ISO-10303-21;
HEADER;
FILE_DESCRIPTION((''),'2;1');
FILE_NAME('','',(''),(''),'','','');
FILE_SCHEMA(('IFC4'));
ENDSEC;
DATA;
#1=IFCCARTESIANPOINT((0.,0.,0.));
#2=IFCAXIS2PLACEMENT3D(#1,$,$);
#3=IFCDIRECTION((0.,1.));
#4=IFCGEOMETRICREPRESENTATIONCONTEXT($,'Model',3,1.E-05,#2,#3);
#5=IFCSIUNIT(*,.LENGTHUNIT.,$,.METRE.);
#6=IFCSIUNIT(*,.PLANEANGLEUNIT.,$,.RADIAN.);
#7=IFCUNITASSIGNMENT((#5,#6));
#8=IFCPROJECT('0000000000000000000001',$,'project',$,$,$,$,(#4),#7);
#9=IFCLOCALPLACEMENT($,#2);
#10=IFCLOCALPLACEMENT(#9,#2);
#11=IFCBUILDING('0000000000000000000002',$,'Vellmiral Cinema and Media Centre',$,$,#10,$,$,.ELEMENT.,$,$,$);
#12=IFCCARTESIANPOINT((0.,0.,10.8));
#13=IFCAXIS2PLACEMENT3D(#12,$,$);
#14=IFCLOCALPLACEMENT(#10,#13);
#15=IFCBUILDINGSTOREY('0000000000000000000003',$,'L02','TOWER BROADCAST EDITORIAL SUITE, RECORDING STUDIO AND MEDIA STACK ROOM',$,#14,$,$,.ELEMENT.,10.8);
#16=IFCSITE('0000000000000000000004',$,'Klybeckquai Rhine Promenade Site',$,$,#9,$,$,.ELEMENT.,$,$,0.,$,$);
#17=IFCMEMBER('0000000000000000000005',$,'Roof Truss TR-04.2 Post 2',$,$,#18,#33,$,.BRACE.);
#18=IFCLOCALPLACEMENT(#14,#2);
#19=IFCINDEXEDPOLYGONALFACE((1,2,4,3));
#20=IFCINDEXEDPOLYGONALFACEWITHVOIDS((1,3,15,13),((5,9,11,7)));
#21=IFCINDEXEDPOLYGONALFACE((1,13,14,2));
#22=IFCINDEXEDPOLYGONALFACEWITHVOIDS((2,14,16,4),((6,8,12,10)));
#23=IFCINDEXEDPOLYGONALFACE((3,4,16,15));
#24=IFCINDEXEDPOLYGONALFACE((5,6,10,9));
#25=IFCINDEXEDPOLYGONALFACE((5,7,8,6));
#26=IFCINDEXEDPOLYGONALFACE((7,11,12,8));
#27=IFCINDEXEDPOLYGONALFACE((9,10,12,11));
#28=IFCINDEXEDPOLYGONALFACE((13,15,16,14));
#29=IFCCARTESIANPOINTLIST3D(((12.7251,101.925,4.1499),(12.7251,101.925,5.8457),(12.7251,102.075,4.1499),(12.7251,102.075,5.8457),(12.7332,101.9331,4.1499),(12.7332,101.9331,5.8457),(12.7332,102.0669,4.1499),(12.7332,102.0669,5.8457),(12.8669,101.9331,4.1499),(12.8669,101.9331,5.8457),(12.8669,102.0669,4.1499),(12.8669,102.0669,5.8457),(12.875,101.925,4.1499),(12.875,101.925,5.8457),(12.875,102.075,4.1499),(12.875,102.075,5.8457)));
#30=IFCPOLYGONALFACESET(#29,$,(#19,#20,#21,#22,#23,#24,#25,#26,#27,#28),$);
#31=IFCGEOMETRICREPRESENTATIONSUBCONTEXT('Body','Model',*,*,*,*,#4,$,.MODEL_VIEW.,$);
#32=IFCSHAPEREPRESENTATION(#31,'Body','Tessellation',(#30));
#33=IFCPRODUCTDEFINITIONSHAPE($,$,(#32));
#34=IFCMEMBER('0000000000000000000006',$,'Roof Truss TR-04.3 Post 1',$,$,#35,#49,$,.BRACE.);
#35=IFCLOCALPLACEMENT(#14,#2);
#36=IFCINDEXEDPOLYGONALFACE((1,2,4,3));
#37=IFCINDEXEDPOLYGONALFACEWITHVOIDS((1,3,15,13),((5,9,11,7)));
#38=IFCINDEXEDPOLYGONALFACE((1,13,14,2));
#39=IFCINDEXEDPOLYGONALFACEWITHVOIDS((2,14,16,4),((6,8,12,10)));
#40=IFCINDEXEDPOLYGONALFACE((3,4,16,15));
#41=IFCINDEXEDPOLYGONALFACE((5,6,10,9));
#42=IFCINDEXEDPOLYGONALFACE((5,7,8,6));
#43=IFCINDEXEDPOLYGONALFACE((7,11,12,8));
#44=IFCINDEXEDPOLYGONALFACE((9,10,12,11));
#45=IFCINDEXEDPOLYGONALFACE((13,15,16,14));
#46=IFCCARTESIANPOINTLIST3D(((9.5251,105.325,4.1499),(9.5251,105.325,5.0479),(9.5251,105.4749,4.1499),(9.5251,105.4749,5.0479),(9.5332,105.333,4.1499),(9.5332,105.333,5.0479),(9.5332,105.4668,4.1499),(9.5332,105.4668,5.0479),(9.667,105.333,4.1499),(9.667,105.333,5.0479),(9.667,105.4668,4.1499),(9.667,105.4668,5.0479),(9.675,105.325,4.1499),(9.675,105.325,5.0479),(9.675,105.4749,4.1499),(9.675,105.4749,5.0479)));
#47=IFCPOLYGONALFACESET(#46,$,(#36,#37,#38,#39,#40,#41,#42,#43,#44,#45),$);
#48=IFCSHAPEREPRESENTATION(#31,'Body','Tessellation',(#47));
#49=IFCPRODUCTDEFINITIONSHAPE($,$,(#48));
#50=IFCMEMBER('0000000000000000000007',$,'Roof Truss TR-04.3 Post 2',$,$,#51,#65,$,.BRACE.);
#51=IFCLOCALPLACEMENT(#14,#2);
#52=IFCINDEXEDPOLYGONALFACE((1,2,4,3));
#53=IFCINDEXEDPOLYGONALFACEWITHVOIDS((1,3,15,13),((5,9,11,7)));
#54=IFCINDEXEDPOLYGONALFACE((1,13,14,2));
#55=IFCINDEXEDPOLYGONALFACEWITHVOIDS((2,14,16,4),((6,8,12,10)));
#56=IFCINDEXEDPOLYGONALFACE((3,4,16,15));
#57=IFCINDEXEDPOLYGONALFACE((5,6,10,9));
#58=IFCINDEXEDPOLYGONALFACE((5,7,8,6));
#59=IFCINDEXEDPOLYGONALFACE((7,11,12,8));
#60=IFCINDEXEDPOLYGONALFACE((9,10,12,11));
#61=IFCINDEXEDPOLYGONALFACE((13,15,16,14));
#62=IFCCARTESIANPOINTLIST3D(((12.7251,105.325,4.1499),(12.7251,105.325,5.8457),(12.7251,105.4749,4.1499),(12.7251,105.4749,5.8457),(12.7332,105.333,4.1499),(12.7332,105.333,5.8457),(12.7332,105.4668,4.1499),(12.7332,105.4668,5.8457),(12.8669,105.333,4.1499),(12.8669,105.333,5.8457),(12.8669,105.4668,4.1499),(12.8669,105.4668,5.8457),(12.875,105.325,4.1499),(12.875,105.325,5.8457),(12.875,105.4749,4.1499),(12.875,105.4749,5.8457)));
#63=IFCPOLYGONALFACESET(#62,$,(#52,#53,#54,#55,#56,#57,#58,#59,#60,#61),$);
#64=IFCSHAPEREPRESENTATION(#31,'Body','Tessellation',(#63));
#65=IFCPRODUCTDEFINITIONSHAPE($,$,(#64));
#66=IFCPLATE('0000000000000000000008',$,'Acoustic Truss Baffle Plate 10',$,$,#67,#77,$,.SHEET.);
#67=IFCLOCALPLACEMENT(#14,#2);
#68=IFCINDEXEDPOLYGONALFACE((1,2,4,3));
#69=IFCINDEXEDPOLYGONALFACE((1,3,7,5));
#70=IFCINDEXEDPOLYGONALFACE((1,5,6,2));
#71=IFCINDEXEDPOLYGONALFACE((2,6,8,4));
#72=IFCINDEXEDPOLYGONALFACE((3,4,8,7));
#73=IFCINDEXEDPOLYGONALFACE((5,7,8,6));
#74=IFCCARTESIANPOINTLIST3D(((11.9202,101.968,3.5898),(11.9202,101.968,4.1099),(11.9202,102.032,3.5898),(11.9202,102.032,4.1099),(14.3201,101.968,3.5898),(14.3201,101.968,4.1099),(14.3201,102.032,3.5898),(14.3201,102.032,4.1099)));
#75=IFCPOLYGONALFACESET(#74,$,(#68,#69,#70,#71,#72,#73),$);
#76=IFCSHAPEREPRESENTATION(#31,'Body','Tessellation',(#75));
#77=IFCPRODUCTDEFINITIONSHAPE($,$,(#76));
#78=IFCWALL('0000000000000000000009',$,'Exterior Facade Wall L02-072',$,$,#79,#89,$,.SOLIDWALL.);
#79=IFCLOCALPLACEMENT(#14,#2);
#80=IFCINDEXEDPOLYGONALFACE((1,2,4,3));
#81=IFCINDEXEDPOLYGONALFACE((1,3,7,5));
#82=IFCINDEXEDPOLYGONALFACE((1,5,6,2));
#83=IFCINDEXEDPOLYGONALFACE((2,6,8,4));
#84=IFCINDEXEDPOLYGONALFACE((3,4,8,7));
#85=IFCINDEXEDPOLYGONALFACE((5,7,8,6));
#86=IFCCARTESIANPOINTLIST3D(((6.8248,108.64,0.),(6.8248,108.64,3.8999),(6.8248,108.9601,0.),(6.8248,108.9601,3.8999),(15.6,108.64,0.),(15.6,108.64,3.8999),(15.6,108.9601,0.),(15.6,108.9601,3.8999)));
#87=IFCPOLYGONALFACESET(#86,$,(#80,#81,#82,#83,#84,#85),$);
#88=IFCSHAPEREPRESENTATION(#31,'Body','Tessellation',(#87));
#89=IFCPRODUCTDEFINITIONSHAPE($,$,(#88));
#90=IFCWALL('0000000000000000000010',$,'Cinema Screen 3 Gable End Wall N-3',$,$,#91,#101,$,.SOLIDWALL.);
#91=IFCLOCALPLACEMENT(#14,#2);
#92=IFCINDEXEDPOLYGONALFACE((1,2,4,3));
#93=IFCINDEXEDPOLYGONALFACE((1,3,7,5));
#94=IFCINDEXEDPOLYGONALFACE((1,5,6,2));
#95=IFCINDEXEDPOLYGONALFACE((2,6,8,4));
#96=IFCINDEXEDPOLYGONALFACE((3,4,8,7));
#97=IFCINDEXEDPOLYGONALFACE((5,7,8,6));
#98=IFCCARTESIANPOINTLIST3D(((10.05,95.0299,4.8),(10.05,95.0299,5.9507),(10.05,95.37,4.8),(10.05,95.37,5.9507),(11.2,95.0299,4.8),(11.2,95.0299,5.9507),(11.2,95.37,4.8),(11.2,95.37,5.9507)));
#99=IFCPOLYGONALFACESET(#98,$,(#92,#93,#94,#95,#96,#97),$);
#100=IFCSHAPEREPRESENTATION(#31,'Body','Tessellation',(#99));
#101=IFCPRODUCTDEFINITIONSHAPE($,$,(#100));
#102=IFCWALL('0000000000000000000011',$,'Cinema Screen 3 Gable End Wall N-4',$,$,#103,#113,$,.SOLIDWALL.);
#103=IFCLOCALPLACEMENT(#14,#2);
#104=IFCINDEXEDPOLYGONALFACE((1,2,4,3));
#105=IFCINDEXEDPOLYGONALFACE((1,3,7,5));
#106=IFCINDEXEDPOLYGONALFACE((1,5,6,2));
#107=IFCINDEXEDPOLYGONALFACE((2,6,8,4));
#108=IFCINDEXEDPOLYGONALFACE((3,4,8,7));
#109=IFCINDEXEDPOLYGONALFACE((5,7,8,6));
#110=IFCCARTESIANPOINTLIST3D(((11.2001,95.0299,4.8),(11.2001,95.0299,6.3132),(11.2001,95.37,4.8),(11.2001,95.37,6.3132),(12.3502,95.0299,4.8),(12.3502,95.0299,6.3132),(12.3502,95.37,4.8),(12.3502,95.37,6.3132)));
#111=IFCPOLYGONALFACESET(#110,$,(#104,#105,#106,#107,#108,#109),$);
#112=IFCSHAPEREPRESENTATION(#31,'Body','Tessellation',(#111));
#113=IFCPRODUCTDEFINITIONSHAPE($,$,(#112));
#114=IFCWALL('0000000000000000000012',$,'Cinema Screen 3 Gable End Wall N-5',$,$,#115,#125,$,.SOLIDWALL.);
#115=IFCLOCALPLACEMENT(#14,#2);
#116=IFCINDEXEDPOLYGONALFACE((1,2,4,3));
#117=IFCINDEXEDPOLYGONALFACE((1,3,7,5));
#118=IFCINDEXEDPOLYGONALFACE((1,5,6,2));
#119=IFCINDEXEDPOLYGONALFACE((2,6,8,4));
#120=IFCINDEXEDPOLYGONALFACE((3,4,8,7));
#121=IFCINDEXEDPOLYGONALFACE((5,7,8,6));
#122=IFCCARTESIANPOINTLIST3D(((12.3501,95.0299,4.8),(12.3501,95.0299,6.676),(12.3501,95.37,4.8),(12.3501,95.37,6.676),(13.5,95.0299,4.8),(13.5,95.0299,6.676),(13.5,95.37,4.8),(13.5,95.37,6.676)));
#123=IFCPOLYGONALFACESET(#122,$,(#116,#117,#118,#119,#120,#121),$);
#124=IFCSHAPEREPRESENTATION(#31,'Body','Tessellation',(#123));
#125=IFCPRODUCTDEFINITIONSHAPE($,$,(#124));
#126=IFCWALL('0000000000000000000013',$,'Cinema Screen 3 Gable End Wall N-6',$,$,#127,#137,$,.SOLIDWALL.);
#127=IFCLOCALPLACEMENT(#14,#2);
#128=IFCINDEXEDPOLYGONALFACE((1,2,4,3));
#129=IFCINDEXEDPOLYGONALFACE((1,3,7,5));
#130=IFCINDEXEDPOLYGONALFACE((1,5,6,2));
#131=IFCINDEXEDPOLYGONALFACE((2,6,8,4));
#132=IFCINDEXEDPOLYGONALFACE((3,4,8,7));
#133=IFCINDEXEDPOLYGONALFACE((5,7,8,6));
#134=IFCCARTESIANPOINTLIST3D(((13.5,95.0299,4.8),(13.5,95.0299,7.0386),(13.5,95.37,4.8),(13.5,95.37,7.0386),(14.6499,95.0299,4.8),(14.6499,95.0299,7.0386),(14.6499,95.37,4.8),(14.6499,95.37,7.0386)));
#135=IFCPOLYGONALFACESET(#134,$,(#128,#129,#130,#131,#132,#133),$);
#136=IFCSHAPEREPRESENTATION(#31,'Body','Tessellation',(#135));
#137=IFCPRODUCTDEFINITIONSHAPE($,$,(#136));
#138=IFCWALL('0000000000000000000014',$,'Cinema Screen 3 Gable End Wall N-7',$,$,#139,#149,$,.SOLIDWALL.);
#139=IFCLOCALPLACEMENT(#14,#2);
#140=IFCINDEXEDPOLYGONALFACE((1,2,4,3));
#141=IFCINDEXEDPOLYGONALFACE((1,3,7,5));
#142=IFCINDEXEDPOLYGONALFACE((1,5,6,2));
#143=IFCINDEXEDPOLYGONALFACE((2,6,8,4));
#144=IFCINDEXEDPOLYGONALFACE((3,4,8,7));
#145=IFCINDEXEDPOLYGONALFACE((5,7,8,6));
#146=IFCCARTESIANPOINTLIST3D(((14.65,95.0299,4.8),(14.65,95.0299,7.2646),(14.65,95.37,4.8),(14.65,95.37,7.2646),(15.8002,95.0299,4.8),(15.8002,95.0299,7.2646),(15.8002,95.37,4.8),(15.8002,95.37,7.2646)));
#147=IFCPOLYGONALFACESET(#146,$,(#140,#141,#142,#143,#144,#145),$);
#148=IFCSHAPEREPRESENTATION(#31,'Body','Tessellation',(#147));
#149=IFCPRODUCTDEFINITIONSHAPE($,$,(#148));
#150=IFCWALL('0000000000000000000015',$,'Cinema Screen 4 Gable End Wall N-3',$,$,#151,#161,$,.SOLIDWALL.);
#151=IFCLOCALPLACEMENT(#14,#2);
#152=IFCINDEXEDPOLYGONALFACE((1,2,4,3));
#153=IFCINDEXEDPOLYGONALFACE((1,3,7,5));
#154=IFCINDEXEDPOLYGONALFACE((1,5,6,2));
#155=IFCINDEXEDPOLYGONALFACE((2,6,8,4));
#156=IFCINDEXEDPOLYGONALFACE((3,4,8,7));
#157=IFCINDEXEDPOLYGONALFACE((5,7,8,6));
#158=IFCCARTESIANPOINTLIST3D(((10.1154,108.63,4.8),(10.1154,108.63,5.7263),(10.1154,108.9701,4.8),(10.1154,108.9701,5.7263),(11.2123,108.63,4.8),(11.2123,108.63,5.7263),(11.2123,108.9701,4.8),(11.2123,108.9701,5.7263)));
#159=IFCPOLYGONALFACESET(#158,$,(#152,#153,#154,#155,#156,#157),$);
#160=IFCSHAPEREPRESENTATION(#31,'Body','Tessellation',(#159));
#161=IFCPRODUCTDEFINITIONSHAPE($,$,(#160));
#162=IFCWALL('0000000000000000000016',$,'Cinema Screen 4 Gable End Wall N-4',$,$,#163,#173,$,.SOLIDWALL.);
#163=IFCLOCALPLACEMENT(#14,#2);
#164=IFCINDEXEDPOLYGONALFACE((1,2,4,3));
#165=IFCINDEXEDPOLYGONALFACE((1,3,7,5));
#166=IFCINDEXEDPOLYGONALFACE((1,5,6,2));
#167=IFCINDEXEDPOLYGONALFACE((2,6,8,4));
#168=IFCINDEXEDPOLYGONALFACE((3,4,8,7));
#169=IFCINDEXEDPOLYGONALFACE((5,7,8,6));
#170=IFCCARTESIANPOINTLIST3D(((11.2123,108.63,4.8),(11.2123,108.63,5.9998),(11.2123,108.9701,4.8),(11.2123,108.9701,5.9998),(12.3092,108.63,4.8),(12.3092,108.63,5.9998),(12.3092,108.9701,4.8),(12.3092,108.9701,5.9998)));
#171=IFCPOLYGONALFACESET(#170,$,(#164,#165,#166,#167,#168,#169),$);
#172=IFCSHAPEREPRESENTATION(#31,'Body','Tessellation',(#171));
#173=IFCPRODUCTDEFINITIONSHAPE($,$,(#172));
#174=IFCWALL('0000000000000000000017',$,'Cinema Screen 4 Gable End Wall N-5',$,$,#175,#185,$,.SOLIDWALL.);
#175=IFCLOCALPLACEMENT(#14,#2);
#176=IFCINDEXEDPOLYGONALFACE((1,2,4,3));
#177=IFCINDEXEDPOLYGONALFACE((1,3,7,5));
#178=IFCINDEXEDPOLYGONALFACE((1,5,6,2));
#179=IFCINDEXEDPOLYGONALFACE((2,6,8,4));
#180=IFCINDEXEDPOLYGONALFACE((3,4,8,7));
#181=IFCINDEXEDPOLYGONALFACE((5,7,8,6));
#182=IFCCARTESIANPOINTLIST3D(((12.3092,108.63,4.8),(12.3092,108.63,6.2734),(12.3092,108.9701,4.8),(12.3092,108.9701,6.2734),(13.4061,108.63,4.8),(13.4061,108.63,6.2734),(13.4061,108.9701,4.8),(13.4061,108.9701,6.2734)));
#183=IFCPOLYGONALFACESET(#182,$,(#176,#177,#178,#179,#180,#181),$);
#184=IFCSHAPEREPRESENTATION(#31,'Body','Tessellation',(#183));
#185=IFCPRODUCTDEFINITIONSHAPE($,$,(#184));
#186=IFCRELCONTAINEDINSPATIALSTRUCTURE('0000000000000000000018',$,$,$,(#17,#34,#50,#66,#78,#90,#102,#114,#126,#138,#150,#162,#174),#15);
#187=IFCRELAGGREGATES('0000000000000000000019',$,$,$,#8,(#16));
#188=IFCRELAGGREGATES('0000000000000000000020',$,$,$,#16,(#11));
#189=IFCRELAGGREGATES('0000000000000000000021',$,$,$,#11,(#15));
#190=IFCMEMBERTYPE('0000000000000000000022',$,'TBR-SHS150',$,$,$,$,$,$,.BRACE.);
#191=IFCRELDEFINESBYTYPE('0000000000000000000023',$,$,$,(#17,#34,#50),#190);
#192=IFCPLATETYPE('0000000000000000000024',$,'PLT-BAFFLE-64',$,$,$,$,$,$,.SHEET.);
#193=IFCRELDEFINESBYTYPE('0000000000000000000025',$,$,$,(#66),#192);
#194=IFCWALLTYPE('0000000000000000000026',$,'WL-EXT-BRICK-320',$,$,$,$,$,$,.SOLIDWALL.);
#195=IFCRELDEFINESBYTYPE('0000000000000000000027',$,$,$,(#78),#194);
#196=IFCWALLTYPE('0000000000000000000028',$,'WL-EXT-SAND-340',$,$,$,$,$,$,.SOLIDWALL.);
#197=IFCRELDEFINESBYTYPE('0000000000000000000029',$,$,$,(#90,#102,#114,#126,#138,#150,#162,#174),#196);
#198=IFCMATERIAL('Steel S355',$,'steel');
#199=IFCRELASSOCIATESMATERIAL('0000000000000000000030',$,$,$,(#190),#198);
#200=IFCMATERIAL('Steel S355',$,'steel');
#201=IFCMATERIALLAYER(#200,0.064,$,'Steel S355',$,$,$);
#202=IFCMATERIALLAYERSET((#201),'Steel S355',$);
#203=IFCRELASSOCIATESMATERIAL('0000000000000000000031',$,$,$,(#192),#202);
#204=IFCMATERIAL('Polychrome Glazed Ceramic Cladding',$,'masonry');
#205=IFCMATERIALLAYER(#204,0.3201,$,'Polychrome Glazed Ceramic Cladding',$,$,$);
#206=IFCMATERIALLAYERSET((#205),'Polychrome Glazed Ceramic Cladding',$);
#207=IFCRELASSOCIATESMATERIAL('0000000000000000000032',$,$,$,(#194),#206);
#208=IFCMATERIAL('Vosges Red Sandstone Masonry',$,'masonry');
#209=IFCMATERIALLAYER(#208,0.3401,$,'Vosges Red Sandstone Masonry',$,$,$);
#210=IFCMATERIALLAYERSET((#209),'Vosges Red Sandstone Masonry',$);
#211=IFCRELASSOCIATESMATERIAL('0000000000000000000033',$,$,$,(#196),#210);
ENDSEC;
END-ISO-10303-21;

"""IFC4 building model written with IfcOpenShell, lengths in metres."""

from ifc_helpers import new_model, si_unit, direction, frame, frame_2d, origin, origin_2d, place, context, subcontext, project, spatial, rectangle, hollow_rectangle, extrude, material, layer, layer_set, material_profile, profile_set, type_object, element, save


model = new_model("IFC4")

# Units and contexts
model_context = context("Model", 3, precision=1e-05, world=origin(), true_north=direction((0.0, 1.0)))
body_context = subcontext(model_context, "Body", "Model", "MODEL_VIEW")
ifc_project = project(units=[si_unit("LENGTHUNIT", "METRE"), si_unit("PLANEANGLEUNIT", "RADIAN")], contexts=[model_context])

# Site, building, storey
site_placement = place(None, origin())
site = spatial("IfcSite", under=ifc_project, at=site_placement, Name="Klybeckquai Rhine Promenade Site", CompositionType="ELEMENT", RefElevation=0.0)
building_placement = place(site_placement, origin())
building = spatial("IfcBuilding", under=site, at=building_placement, Name="Vellmiral Cinema and Media Centre", CompositionType="ELEMENT")
storey_placement = place(building_placement, frame((0.0, 0.0, 10.8)))
storey = spatial("IfcBuildingStorey", under=building, at=storey_placement, Name="L02", Description="TOWER BROADCAST EDITORIAL SUITE, RECORDING STUDIO AND MEDIA STACK ROOM", CompositionType="ELEMENT", Elevation=10.8)

# Members
ifc_material_1 = material(Name="Steel S355", Category="steel")
ifc_material_profile_1 = material_profile(ifc_material_1, hollow_rectangle(XDim=0.1499, YDim=0.1499, WallThickness=0.0081, at=origin_2d()), Name="SHS 150x150x8.0")
ifc_profile_set_1 = profile_set([ifc_material_profile_1], Name="Steel S355")
member_type_1 = type_object("IfcMemberType", Name="TBR-SHS150", PredefinedType="BRACE", material=ifc_profile_set_1)
member_1_placement = place(storey_placement, frame((12.8, 102.0, 4.1499), z_axis=(0.0, 0.0, 1.0), x_axis=(1.0, 0.0, 0.0)))
element("IfcMember", 1, at=member_1_placement, inside=storey, type_object=member_type_1, Name="Roof Truss TR-04.2 Post 2", PredefinedType="BRACE", context=body_context, shape_type="SweptSolid", body=[
    extrude(hollow_rectangle(XDim=0.1499, YDim=0.1499, WallThickness=0.0081, at=origin_2d()), origin(), (0.0, 0.0, 1.0), 1.6958),
])
member_2_placement = place(storey_placement, frame((9.6001, 105.3999, 4.1499), z_axis=(0.0, 0.0, 1.0), x_axis=(1.0, 0.0, 0.0)))
element("IfcMember", 2, at=member_2_placement, inside=storey, type_object=member_type_1, Name="Roof Truss TR-04.3 Post 1", PredefinedType="BRACE", context=body_context, shape_type="SweptSolid", body=[
    extrude(hollow_rectangle(XDim=0.1499, YDim=0.1499, WallThickness=0.0081, at=origin_2d()), origin(), (0.0, 0.0, 1.0), 0.8979),
])
member_3_placement = place(storey_placement, frame((12.8, 105.3999, 4.1499), z_axis=(0.0, 0.0, 1.0), x_axis=(1.0, 0.0, 0.0)))
element("IfcMember", 3, at=member_3_placement, inside=storey, type_object=member_type_1, Name="Roof Truss TR-04.3 Post 2", PredefinedType="BRACE", context=body_context, shape_type="SweptSolid", body=[
    extrude(hollow_rectangle(XDim=0.1499, YDim=0.1499, WallThickness=0.0081, at=origin_2d()), origin(), (0.0, 0.0, 1.0), 1.6958),
])

# Plate
ifc_material_2 = material(Name="Steel S355", Category="steel")
ifc_layer_1 = layer(ifc_material_2, 0.064, Name="Steel S355")
ifc_layer_set_1 = layer_set([ifc_layer_1], Name="Steel S355")
plate_type = type_object("IfcPlateType", Name="PLT-BAFFLE-64", PredefinedType="SHEET", material=ifc_layer_set_1)
plate_placement = place(storey_placement, frame((13.1201, 102.0, 3.5898), z_axis=(0.0, 0.0, 1.0), x_axis=(1.0, 0.0, 0.0)))
element("IfcPlate", 4, at=plate_placement, inside=storey, type_object=plate_type, Name="Acoustic Truss Baffle Plate 10", PredefinedType="SHEET", context=body_context, shape_type="SweptSolid", body=[
    extrude(rectangle(XDim=2.3999, YDim=0.064, at=origin_2d()), origin(), (0.0, 0.0, 1.0), 0.52),
])

# Walls
ifc_material_3 = material(Name="Polychrome Glazed Ceramic Cladding", Category="masonry")
ifc_layer_2 = layer(ifc_material_3, 0.3201, Name="Polychrome Glazed Ceramic Cladding")
ifc_layer_set_2 = layer_set([ifc_layer_2], Name="Polychrome Glazed Ceramic Cladding")
wall_type_1 = type_object("IfcWallType", Name="WL-EXT-BRICK-320", PredefinedType="SOLIDWALL", material=ifc_layer_set_2)
wall_1_placement = place(storey_placement, frame((15.6001, 108.8, 0.0), z_axis=(0.0, 0.0, 1.0), x_axis=(-1.0, 0.0, 0.0)))
element("IfcWall", 5, at=wall_1_placement, inside=storey, type_object=wall_type_1, Name="Exterior Facade Wall L02-072", PredefinedType="SOLIDWALL", context=body_context, shape_type="SweptSolid", body=[
    extrude(rectangle(XDim=8.7751, YDim=0.3201, at=frame_2d((4.3877, 0.0))), origin(), (0.0, 0.0, 1.0), 3.8999),
])
ifc_material_4 = material(Name="Vosges Red Sandstone Masonry", Category="masonry")
ifc_layer_3 = layer(ifc_material_4, 0.3401, Name="Vosges Red Sandstone Masonry")
ifc_layer_set_3 = layer_set([ifc_layer_3], Name="Vosges Red Sandstone Masonry")
wall_type_2 = type_object("IfcWallType", Name="WL-EXT-SAND-340", PredefinedType="SOLIDWALL", material=ifc_layer_set_3)
wall_2_placement = place(storey_placement, frame((10.05, 95.2, 4.8), z_axis=(0.0, 0.0, 1.0), x_axis=(1.0, 0.0, 0.0)))
element("IfcWall", 6, at=wall_2_placement, inside=storey, type_object=wall_type_2, Name="Cinema Screen 3 Gable End Wall N-3", PredefinedType="SOLIDWALL", context=body_context, shape_type="SweptSolid", body=[
    extrude(rectangle(XDim=1.1499, YDim=0.3401, at=frame_2d((0.575, 0.0))), origin(), (0.0, 0.0, 1.0), 1.1506),
])
wall_3_placement = place(storey_placement, frame((11.2, 95.2, 4.8), z_axis=(0.0, 0.0, 1.0), x_axis=(1.0, 0.0, 0.0)))
element("IfcWall", 7, at=wall_3_placement, inside=storey, type_object=wall_type_2, Name="Cinema Screen 3 Gable End Wall N-4", PredefinedType="SOLIDWALL", context=body_context, shape_type="SweptSolid", body=[
    extrude(rectangle(XDim=1.1501, YDim=0.3401, at=frame_2d((0.5752, 0.0))), origin(), (0.0, 0.0, 1.0), 1.5132),
])
wall_4_placement = place(storey_placement, frame((12.3501, 95.2, 4.8), z_axis=(0.0, 0.0, 1.0), x_axis=(1.0, 0.0, 0.0)))
element("IfcWall", 8, at=wall_4_placement, inside=storey, type_object=wall_type_2, Name="Cinema Screen 3 Gable End Wall N-5", PredefinedType="SOLIDWALL", context=body_context, shape_type="SweptSolid", body=[
    extrude(rectangle(XDim=1.1499, YDim=0.3401, at=frame_2d((0.575, 0.0))), origin(), (0.0, 0.0, 1.0), 1.876),
])
wall_5_placement = place(storey_placement, frame((13.5, 95.2, 4.8), z_axis=(0.0, 0.0, 1.0), x_axis=(1.0, 0.0, 0.0)))
element("IfcWall", 9, at=wall_5_placement, inside=storey, type_object=wall_type_2, Name="Cinema Screen 3 Gable End Wall N-6", PredefinedType="SOLIDWALL", context=body_context, shape_type="SweptSolid", body=[
    extrude(rectangle(XDim=1.1499, YDim=0.3401, at=frame_2d((0.575, 0.0))), origin(), (0.0, 0.0, 1.0), 2.2385),
])
wall_6_placement = place(storey_placement, frame((14.6499, 95.2, 4.8), z_axis=(0.0, 0.0, 1.0), x_axis=(1.0, 0.0, 0.0)))
element("IfcWall", 10, at=wall_6_placement, inside=storey, type_object=wall_type_2, Name="Cinema Screen 3 Gable End Wall N-7", PredefinedType="SOLIDWALL", context=body_context, shape_type="SweptSolid", body=[
    extrude(rectangle(XDim=1.1501, YDim=0.3401, at=frame_2d((0.5752, 0.0))), origin(), (0.0, 0.0, 1.0), 2.4646),
])
wall_7_placement = place(storey_placement, frame((10.1155, 108.8, 4.8), z_axis=(0.0, 0.0, 1.0), x_axis=(1.0, 0.0, 0.0)))
element("IfcWall", 11, at=wall_7_placement, inside=storey, type_object=wall_type_2, Name="Cinema Screen 4 Gable End Wall N-3", PredefinedType="SOLIDWALL", context=body_context, shape_type="SweptSolid", body=[
    extrude(rectangle(XDim=1.0969, YDim=0.3401, at=frame_2d((0.5483, 0.0))), origin(), (0.0, 0.0, 1.0), 0.9263),
])
wall_8_placement = place(storey_placement, frame((11.2124, 108.8, 4.8), z_axis=(0.0, 0.0, 1.0), x_axis=(1.0, 0.0, 0.0)))
element("IfcWall", 12, at=wall_8_placement, inside=storey, type_object=wall_type_2, Name="Cinema Screen 4 Gable End Wall N-4", PredefinedType="SOLIDWALL", context=body_context, shape_type="SweptSolid", body=[
    extrude(rectangle(XDim=1.0969, YDim=0.3401, at=frame_2d((0.5483, 0.0))), origin(), (0.0, 0.0, 1.0), 1.1997),
])
wall_9_placement = place(storey_placement, frame((12.3093, 108.8, 4.8), z_axis=(0.0, 0.0, 1.0), x_axis=(1.0, 0.0, 0.0)))
element("IfcWall", 13, at=wall_9_placement, inside=storey, type_object=wall_type_2, Name="Cinema Screen 4 Gable End Wall N-5", PredefinedType="SOLIDWALL", context=body_context, shape_type="SweptSolid", body=[
    extrude(rectangle(XDim=1.0969, YDim=0.3401, at=frame_2d((0.5483, 0.0))), origin(), (0.0, 0.0, 1.0), 1.4734),
])

save(model, "model.ifc")
